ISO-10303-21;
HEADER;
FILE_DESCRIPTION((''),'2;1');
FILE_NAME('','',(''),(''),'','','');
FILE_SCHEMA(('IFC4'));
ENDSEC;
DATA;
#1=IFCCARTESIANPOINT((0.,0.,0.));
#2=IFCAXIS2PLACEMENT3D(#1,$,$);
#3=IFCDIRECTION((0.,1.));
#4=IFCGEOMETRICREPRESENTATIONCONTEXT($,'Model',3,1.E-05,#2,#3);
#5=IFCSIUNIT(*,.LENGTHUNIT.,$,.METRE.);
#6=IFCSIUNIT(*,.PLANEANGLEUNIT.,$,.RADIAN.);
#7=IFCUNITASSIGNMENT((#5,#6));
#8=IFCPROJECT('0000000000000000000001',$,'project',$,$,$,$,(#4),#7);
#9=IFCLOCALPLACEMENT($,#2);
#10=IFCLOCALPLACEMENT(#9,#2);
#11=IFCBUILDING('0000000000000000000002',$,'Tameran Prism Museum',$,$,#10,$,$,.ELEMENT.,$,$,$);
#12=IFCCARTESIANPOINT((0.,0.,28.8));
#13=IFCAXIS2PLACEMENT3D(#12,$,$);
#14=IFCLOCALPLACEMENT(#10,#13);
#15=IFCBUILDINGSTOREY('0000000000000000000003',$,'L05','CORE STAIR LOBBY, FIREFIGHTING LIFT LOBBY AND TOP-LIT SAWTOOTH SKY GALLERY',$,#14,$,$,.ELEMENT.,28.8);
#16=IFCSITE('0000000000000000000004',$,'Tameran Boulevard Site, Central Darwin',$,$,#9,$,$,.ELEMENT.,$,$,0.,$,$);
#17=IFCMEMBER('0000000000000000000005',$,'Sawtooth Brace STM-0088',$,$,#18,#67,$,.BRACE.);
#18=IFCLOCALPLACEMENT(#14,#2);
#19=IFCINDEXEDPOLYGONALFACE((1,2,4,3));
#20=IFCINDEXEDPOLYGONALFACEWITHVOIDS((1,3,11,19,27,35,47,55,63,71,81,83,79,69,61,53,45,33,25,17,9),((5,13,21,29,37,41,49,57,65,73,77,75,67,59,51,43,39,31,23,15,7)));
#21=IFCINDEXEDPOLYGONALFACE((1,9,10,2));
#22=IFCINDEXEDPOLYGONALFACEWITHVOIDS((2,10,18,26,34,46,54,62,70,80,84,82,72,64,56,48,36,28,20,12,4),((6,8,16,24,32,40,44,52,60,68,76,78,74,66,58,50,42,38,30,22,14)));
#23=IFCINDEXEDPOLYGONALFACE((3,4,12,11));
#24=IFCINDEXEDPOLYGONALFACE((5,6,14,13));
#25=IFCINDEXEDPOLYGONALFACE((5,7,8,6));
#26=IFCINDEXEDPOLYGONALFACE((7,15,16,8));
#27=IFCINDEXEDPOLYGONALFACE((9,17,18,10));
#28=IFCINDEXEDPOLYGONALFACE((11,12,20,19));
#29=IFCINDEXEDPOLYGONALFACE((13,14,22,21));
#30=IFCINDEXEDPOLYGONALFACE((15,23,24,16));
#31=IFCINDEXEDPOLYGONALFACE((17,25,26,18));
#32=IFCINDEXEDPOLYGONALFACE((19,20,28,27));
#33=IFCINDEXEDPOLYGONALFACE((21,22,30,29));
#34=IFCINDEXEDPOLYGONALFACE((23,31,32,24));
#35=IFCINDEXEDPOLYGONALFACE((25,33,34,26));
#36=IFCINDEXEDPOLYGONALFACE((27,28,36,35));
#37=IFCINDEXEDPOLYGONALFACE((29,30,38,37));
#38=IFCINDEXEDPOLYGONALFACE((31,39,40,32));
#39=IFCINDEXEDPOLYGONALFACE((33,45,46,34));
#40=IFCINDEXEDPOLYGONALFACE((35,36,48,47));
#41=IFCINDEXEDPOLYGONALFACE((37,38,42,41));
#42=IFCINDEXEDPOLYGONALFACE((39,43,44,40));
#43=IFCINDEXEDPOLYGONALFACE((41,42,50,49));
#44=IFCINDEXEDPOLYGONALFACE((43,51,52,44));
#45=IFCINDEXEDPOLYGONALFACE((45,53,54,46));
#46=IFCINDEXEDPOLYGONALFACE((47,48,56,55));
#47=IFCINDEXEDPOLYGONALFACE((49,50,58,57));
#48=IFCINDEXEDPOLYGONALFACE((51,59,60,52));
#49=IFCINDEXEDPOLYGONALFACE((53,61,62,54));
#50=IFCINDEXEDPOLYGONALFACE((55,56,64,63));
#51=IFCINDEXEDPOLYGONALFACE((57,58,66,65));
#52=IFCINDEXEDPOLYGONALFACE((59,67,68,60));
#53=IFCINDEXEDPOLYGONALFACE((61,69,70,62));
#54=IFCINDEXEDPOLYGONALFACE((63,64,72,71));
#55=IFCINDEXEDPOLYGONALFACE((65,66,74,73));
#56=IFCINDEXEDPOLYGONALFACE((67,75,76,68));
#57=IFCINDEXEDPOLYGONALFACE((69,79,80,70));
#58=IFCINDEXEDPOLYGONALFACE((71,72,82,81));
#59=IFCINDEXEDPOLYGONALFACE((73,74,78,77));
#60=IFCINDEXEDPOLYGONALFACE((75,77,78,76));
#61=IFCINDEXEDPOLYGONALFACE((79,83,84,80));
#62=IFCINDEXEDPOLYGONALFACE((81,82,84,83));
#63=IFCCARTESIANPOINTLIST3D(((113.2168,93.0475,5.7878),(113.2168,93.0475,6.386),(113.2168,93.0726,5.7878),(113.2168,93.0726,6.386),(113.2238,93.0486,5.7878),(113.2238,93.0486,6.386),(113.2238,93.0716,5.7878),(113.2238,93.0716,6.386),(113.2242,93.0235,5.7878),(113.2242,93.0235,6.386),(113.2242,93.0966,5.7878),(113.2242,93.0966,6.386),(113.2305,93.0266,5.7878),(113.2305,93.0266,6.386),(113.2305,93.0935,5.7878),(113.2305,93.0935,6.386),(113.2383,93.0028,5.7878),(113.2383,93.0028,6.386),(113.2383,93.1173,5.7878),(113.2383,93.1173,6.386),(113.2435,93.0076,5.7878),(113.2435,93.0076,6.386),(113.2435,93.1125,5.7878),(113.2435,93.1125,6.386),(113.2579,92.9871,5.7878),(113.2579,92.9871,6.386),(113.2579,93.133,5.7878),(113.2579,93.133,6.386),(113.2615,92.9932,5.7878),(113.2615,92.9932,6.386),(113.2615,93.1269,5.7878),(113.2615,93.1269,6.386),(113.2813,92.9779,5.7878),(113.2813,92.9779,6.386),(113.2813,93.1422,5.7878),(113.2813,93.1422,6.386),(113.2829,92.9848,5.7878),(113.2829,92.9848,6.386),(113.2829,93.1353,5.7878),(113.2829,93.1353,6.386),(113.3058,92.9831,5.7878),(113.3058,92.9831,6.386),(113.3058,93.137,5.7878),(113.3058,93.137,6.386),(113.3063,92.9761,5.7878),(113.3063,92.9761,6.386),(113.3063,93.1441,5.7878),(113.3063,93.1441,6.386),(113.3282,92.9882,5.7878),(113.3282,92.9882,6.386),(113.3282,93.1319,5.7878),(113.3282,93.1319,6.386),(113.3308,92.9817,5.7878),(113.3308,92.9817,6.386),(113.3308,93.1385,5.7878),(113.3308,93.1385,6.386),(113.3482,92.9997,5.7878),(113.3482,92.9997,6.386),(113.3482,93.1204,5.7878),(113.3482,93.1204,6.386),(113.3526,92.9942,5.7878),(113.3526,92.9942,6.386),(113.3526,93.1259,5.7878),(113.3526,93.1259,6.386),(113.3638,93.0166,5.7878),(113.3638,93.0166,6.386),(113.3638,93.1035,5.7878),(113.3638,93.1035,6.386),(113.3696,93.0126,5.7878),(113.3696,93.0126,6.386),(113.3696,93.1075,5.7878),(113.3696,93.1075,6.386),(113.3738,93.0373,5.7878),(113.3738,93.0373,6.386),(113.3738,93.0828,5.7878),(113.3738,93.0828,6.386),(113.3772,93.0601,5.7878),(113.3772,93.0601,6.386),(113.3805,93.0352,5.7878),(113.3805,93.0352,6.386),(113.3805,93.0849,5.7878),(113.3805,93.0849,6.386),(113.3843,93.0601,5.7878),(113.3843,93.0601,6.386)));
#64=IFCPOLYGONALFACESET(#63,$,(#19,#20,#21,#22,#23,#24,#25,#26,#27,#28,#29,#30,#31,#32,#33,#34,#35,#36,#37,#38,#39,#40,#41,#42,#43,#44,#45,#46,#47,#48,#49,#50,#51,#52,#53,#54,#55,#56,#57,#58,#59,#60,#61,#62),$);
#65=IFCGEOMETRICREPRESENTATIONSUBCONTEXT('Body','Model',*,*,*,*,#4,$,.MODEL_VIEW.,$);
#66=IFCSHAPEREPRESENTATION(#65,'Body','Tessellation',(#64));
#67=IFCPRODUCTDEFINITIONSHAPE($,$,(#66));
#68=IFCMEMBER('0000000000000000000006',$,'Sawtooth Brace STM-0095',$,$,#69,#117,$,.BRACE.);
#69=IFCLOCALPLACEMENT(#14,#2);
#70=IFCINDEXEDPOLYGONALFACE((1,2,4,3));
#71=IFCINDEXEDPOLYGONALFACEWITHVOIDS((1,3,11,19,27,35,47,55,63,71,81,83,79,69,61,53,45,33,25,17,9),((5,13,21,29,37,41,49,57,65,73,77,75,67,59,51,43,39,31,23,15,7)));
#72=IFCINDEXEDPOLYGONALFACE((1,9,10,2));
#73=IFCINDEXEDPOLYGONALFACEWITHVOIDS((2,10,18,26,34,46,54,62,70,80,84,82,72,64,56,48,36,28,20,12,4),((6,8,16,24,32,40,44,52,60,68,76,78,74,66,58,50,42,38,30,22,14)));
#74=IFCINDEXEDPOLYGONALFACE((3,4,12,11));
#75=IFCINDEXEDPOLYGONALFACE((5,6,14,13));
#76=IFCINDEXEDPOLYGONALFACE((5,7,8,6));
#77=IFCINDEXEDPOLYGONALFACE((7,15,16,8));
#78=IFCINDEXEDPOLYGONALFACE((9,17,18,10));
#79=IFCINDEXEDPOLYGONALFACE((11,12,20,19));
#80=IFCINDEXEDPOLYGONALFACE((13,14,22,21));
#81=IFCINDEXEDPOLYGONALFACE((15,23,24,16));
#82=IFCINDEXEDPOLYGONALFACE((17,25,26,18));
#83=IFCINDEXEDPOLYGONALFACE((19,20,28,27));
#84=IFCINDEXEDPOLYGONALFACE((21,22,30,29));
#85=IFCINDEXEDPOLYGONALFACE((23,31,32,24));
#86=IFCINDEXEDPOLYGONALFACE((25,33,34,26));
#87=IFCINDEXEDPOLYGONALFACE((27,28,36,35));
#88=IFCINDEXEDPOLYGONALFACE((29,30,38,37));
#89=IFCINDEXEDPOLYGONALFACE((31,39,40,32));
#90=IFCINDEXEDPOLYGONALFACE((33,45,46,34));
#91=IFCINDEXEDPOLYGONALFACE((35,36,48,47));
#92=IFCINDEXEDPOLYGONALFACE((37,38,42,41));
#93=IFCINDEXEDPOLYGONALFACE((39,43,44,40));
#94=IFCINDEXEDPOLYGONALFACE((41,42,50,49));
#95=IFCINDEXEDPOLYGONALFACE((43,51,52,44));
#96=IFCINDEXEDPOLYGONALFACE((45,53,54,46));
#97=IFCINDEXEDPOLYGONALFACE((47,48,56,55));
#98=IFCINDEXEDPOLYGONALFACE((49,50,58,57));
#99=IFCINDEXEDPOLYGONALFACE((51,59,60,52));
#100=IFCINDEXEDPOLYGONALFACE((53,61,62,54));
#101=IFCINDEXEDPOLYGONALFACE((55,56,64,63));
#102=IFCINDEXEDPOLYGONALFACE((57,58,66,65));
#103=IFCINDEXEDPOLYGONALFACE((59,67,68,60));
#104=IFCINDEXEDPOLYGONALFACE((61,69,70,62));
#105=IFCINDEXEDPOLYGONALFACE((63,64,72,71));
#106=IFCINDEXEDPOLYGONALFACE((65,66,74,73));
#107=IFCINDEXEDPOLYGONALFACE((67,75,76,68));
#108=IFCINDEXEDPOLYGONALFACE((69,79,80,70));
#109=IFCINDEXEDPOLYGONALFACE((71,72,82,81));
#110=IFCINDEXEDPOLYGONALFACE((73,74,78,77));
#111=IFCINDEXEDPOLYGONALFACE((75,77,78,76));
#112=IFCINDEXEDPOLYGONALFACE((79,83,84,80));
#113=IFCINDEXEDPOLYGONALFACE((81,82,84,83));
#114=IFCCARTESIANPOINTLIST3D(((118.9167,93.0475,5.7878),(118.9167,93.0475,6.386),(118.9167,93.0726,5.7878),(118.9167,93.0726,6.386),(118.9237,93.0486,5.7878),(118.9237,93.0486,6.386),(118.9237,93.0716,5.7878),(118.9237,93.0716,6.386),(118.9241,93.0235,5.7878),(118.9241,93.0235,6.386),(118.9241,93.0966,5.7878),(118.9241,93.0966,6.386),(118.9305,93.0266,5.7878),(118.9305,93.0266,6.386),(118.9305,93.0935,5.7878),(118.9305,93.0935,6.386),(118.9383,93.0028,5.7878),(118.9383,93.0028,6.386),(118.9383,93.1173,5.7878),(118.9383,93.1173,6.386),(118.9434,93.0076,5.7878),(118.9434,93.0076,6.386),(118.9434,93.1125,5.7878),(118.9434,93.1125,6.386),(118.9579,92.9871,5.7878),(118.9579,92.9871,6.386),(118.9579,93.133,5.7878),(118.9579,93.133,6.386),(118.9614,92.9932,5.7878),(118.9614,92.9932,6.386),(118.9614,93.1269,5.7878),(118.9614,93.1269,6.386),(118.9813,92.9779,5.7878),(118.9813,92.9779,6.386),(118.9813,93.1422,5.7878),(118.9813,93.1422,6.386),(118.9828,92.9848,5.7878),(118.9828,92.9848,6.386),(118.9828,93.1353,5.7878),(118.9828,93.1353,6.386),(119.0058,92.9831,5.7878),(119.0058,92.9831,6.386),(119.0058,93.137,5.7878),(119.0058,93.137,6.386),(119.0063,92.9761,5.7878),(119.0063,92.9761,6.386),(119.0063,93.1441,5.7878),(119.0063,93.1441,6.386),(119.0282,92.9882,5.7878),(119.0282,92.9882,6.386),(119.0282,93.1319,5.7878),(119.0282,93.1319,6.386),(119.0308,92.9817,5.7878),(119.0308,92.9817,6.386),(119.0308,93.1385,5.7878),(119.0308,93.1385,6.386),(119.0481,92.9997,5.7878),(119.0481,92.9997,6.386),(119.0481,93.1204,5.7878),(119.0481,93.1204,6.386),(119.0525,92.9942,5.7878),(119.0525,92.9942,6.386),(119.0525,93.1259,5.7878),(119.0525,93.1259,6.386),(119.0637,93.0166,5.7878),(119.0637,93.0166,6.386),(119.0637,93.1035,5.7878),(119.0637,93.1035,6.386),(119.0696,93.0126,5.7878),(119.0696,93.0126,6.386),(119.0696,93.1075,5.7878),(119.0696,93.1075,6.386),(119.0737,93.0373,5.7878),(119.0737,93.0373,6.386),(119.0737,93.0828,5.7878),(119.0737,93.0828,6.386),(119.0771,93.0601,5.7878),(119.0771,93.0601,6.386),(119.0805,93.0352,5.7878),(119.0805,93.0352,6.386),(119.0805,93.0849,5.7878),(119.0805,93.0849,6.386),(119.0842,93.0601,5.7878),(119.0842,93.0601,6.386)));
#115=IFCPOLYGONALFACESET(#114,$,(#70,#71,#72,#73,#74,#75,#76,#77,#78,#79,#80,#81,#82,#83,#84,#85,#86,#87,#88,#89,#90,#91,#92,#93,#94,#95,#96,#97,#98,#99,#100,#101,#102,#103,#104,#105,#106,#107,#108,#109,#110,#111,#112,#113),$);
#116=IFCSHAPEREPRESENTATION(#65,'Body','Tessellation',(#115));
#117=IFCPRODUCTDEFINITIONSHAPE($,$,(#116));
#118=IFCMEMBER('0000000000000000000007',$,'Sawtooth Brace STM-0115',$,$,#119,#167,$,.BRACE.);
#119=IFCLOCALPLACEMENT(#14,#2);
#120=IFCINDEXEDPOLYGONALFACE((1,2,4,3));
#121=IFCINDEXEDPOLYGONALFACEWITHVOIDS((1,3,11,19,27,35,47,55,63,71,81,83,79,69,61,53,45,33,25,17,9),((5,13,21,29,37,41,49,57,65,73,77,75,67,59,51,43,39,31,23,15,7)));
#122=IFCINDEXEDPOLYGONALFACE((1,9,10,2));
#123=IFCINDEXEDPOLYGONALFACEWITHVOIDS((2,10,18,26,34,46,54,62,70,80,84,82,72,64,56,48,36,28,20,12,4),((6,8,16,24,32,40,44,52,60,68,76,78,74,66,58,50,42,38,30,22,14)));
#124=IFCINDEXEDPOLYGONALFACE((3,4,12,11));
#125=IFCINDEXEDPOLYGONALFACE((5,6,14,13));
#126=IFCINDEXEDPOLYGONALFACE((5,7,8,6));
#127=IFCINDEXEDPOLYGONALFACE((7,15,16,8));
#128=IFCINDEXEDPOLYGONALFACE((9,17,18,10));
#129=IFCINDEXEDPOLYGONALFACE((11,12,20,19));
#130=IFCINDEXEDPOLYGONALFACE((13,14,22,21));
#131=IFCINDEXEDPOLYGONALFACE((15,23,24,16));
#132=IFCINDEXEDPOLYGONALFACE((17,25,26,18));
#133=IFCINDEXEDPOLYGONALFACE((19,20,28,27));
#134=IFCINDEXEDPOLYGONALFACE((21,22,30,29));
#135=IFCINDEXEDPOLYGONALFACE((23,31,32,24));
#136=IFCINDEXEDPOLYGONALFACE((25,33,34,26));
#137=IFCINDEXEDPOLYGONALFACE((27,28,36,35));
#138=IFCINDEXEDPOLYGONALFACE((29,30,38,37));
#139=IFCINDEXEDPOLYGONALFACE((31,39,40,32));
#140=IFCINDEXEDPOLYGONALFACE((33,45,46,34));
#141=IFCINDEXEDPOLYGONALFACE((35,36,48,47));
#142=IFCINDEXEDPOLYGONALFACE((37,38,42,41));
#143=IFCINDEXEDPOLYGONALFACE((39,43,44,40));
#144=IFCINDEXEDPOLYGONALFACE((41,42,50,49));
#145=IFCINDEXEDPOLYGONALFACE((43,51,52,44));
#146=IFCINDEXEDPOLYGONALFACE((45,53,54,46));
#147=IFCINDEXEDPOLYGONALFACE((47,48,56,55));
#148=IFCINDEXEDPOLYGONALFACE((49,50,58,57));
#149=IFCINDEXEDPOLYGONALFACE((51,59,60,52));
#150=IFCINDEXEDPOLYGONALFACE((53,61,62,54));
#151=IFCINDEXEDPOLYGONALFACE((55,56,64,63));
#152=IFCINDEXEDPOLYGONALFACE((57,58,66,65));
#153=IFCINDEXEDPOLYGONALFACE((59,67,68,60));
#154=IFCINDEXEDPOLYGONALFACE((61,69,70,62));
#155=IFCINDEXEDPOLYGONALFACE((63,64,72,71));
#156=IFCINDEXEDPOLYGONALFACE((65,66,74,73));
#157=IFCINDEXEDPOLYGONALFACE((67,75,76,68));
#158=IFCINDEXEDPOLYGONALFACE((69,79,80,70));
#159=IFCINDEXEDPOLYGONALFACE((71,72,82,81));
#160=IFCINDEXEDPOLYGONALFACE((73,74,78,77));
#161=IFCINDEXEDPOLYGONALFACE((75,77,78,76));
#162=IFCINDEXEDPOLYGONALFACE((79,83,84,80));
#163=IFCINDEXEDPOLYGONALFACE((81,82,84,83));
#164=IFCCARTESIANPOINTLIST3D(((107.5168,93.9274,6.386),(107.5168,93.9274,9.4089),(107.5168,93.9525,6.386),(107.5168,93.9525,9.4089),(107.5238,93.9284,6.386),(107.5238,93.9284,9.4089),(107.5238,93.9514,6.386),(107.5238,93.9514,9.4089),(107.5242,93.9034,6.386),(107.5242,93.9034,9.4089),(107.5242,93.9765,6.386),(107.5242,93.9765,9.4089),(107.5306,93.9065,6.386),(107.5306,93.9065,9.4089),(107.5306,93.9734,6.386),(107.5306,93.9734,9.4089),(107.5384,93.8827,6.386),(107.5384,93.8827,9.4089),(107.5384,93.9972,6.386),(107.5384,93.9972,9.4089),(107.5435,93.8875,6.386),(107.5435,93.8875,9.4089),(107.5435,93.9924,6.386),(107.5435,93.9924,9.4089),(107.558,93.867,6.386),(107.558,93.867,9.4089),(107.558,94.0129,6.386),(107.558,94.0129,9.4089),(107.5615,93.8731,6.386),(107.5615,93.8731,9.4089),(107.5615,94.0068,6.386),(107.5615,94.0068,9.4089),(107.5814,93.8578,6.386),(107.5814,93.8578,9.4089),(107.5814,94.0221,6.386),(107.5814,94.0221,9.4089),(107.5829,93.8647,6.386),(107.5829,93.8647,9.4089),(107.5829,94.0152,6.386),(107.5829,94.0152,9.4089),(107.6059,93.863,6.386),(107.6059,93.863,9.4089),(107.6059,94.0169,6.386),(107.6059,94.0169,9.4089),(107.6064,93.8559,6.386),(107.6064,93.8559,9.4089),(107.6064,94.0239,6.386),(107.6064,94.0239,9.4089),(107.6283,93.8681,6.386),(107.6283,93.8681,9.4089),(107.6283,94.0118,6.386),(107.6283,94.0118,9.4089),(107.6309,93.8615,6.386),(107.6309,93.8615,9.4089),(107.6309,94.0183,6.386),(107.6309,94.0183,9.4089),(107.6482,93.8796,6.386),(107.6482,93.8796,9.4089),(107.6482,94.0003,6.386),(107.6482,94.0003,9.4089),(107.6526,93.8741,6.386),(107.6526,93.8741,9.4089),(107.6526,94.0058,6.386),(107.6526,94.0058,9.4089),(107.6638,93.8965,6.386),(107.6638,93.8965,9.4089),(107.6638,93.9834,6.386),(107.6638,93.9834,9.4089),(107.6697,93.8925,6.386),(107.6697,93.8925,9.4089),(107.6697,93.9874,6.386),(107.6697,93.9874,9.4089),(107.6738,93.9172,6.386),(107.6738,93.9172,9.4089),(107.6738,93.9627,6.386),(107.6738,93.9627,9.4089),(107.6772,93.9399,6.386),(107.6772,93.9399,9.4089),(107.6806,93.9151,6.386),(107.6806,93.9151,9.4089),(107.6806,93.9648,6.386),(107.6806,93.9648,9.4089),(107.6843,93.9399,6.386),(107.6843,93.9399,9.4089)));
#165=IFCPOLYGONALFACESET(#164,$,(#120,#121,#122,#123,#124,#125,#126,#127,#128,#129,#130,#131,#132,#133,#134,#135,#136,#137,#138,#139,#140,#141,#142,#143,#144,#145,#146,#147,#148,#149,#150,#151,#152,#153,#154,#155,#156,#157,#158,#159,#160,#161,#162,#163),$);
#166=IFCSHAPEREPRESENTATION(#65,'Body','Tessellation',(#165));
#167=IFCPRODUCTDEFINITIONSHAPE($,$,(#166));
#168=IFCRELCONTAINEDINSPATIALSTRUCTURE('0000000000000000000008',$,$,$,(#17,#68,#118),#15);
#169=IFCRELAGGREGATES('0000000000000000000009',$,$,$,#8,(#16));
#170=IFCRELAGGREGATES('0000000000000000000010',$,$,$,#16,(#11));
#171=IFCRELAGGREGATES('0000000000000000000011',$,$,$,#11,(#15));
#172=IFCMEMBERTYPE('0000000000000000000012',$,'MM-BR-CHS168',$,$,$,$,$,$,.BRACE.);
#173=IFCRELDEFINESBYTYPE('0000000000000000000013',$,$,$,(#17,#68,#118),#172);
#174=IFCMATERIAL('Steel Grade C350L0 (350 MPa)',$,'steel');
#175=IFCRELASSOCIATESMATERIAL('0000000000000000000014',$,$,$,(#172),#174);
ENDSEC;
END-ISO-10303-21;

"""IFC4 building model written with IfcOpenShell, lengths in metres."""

from ifc_helpers import new_model, si_unit, direction, frame, origin, origin_2d, place, context, subcontext, project, spatial, hollow_circle, extrude, material, material_profile, profile_set, type_object, element, save


model = new_model("IFC4")

# Units and contexts
model_context = context("Model", 3, precision=1e-05, world=origin(), true_north=direction((0.0, 1.0)))
body_context = subcontext(model_context, "Body", "Model", "MODEL_VIEW")
ifc_project = project(units=[si_unit("LENGTHUNIT", "METRE"), si_unit("PLANEANGLEUNIT", "RADIAN")], contexts=[model_context])

# Site, building, storey
site_placement = place(None, origin())
site = spatial("IfcSite", under=ifc_project, at=site_placement, Name="Tameran Boulevard Site, Central Darwin", CompositionType="ELEMENT", RefElevation=0.0)
building_placement = place(site_placement, origin())
building = spatial("IfcBuilding", under=site, at=building_placement, Name="Tameran Prism Museum", CompositionType="ELEMENT")
storey_placement = place(building_placement, frame((0.0, 0.0, 28.8)))
storey = spatial("IfcBuildingStorey", under=building, at=storey_placement, Name="L05", Description="CORE STAIR LOBBY, FIREFIGHTING LIFT LOBBY AND TOP-LIT SAWTOOTH SKY GALLERY", CompositionType="ELEMENT", Elevation=28.8)

# Members
ifc_material_1 = material(Name="Steel Grade C350L0 (350 MPa)", Category="steel")
ifc_material_profile_1 = material_profile(ifc_material_1, hollow_circle(Radius=0.0842, WallThickness=0.0071, at=origin_2d()))
ifc_profile_set_1 = profile_set([ifc_material_profile_1])
member_type_1 = type_object("IfcMemberType", Name="MM-BR-CHS168", PredefinedType="BRACE", material=ifc_profile_set_1)
for number, where, z_axis, x_axis, name in (
    (1, (113.3, 93.0601, 6.386), (0.0, 0.0, -1.0), (1.0, 0.0, 0.0), "Sawtooth Brace STM-0088"),
    (2, (119.0, 93.0601, 6.386), (0.0, 0.0, -1.0), (1.0, 0.0, 0.0), "Sawtooth Brace STM-0095"),
):
    element("IfcMember", number, at=place(storey_placement, frame(where, z_axis=z_axis, x_axis=x_axis)), inside=storey, type_object=member_type_1, Name=name, PredefinedType="BRACE", context=body_context, shape_type="SweptSolid", body=[
        extrude(hollow_circle(Radius=0.0842, WallThickness=0.0071, at=origin_2d()), origin(), (0.0, 0.0, 1.0), 0.5981),
    ])
for number, where, z_axis, x_axis, name in (
    (3, (107.6001, 93.9399, 6.386), (0.0, 0.0, 1.0), (1.0, 0.0, 0.0), "Sawtooth Brace STM-0115"),
):
    element("IfcMember", number, at=place(storey_placement, frame(where, z_axis=z_axis, x_axis=x_axis)), inside=storey, type_object=member_type_1, Name=name, PredefinedType="BRACE", context=body_context, shape_type="SweptSolid", body=[
        extrude(hollow_circle(Radius=0.0842, WallThickness=0.0071, at=origin_2d()), origin(), (0.0, 0.0, 1.0), 3.0229),
    ])

save(model, "model.ifc")
